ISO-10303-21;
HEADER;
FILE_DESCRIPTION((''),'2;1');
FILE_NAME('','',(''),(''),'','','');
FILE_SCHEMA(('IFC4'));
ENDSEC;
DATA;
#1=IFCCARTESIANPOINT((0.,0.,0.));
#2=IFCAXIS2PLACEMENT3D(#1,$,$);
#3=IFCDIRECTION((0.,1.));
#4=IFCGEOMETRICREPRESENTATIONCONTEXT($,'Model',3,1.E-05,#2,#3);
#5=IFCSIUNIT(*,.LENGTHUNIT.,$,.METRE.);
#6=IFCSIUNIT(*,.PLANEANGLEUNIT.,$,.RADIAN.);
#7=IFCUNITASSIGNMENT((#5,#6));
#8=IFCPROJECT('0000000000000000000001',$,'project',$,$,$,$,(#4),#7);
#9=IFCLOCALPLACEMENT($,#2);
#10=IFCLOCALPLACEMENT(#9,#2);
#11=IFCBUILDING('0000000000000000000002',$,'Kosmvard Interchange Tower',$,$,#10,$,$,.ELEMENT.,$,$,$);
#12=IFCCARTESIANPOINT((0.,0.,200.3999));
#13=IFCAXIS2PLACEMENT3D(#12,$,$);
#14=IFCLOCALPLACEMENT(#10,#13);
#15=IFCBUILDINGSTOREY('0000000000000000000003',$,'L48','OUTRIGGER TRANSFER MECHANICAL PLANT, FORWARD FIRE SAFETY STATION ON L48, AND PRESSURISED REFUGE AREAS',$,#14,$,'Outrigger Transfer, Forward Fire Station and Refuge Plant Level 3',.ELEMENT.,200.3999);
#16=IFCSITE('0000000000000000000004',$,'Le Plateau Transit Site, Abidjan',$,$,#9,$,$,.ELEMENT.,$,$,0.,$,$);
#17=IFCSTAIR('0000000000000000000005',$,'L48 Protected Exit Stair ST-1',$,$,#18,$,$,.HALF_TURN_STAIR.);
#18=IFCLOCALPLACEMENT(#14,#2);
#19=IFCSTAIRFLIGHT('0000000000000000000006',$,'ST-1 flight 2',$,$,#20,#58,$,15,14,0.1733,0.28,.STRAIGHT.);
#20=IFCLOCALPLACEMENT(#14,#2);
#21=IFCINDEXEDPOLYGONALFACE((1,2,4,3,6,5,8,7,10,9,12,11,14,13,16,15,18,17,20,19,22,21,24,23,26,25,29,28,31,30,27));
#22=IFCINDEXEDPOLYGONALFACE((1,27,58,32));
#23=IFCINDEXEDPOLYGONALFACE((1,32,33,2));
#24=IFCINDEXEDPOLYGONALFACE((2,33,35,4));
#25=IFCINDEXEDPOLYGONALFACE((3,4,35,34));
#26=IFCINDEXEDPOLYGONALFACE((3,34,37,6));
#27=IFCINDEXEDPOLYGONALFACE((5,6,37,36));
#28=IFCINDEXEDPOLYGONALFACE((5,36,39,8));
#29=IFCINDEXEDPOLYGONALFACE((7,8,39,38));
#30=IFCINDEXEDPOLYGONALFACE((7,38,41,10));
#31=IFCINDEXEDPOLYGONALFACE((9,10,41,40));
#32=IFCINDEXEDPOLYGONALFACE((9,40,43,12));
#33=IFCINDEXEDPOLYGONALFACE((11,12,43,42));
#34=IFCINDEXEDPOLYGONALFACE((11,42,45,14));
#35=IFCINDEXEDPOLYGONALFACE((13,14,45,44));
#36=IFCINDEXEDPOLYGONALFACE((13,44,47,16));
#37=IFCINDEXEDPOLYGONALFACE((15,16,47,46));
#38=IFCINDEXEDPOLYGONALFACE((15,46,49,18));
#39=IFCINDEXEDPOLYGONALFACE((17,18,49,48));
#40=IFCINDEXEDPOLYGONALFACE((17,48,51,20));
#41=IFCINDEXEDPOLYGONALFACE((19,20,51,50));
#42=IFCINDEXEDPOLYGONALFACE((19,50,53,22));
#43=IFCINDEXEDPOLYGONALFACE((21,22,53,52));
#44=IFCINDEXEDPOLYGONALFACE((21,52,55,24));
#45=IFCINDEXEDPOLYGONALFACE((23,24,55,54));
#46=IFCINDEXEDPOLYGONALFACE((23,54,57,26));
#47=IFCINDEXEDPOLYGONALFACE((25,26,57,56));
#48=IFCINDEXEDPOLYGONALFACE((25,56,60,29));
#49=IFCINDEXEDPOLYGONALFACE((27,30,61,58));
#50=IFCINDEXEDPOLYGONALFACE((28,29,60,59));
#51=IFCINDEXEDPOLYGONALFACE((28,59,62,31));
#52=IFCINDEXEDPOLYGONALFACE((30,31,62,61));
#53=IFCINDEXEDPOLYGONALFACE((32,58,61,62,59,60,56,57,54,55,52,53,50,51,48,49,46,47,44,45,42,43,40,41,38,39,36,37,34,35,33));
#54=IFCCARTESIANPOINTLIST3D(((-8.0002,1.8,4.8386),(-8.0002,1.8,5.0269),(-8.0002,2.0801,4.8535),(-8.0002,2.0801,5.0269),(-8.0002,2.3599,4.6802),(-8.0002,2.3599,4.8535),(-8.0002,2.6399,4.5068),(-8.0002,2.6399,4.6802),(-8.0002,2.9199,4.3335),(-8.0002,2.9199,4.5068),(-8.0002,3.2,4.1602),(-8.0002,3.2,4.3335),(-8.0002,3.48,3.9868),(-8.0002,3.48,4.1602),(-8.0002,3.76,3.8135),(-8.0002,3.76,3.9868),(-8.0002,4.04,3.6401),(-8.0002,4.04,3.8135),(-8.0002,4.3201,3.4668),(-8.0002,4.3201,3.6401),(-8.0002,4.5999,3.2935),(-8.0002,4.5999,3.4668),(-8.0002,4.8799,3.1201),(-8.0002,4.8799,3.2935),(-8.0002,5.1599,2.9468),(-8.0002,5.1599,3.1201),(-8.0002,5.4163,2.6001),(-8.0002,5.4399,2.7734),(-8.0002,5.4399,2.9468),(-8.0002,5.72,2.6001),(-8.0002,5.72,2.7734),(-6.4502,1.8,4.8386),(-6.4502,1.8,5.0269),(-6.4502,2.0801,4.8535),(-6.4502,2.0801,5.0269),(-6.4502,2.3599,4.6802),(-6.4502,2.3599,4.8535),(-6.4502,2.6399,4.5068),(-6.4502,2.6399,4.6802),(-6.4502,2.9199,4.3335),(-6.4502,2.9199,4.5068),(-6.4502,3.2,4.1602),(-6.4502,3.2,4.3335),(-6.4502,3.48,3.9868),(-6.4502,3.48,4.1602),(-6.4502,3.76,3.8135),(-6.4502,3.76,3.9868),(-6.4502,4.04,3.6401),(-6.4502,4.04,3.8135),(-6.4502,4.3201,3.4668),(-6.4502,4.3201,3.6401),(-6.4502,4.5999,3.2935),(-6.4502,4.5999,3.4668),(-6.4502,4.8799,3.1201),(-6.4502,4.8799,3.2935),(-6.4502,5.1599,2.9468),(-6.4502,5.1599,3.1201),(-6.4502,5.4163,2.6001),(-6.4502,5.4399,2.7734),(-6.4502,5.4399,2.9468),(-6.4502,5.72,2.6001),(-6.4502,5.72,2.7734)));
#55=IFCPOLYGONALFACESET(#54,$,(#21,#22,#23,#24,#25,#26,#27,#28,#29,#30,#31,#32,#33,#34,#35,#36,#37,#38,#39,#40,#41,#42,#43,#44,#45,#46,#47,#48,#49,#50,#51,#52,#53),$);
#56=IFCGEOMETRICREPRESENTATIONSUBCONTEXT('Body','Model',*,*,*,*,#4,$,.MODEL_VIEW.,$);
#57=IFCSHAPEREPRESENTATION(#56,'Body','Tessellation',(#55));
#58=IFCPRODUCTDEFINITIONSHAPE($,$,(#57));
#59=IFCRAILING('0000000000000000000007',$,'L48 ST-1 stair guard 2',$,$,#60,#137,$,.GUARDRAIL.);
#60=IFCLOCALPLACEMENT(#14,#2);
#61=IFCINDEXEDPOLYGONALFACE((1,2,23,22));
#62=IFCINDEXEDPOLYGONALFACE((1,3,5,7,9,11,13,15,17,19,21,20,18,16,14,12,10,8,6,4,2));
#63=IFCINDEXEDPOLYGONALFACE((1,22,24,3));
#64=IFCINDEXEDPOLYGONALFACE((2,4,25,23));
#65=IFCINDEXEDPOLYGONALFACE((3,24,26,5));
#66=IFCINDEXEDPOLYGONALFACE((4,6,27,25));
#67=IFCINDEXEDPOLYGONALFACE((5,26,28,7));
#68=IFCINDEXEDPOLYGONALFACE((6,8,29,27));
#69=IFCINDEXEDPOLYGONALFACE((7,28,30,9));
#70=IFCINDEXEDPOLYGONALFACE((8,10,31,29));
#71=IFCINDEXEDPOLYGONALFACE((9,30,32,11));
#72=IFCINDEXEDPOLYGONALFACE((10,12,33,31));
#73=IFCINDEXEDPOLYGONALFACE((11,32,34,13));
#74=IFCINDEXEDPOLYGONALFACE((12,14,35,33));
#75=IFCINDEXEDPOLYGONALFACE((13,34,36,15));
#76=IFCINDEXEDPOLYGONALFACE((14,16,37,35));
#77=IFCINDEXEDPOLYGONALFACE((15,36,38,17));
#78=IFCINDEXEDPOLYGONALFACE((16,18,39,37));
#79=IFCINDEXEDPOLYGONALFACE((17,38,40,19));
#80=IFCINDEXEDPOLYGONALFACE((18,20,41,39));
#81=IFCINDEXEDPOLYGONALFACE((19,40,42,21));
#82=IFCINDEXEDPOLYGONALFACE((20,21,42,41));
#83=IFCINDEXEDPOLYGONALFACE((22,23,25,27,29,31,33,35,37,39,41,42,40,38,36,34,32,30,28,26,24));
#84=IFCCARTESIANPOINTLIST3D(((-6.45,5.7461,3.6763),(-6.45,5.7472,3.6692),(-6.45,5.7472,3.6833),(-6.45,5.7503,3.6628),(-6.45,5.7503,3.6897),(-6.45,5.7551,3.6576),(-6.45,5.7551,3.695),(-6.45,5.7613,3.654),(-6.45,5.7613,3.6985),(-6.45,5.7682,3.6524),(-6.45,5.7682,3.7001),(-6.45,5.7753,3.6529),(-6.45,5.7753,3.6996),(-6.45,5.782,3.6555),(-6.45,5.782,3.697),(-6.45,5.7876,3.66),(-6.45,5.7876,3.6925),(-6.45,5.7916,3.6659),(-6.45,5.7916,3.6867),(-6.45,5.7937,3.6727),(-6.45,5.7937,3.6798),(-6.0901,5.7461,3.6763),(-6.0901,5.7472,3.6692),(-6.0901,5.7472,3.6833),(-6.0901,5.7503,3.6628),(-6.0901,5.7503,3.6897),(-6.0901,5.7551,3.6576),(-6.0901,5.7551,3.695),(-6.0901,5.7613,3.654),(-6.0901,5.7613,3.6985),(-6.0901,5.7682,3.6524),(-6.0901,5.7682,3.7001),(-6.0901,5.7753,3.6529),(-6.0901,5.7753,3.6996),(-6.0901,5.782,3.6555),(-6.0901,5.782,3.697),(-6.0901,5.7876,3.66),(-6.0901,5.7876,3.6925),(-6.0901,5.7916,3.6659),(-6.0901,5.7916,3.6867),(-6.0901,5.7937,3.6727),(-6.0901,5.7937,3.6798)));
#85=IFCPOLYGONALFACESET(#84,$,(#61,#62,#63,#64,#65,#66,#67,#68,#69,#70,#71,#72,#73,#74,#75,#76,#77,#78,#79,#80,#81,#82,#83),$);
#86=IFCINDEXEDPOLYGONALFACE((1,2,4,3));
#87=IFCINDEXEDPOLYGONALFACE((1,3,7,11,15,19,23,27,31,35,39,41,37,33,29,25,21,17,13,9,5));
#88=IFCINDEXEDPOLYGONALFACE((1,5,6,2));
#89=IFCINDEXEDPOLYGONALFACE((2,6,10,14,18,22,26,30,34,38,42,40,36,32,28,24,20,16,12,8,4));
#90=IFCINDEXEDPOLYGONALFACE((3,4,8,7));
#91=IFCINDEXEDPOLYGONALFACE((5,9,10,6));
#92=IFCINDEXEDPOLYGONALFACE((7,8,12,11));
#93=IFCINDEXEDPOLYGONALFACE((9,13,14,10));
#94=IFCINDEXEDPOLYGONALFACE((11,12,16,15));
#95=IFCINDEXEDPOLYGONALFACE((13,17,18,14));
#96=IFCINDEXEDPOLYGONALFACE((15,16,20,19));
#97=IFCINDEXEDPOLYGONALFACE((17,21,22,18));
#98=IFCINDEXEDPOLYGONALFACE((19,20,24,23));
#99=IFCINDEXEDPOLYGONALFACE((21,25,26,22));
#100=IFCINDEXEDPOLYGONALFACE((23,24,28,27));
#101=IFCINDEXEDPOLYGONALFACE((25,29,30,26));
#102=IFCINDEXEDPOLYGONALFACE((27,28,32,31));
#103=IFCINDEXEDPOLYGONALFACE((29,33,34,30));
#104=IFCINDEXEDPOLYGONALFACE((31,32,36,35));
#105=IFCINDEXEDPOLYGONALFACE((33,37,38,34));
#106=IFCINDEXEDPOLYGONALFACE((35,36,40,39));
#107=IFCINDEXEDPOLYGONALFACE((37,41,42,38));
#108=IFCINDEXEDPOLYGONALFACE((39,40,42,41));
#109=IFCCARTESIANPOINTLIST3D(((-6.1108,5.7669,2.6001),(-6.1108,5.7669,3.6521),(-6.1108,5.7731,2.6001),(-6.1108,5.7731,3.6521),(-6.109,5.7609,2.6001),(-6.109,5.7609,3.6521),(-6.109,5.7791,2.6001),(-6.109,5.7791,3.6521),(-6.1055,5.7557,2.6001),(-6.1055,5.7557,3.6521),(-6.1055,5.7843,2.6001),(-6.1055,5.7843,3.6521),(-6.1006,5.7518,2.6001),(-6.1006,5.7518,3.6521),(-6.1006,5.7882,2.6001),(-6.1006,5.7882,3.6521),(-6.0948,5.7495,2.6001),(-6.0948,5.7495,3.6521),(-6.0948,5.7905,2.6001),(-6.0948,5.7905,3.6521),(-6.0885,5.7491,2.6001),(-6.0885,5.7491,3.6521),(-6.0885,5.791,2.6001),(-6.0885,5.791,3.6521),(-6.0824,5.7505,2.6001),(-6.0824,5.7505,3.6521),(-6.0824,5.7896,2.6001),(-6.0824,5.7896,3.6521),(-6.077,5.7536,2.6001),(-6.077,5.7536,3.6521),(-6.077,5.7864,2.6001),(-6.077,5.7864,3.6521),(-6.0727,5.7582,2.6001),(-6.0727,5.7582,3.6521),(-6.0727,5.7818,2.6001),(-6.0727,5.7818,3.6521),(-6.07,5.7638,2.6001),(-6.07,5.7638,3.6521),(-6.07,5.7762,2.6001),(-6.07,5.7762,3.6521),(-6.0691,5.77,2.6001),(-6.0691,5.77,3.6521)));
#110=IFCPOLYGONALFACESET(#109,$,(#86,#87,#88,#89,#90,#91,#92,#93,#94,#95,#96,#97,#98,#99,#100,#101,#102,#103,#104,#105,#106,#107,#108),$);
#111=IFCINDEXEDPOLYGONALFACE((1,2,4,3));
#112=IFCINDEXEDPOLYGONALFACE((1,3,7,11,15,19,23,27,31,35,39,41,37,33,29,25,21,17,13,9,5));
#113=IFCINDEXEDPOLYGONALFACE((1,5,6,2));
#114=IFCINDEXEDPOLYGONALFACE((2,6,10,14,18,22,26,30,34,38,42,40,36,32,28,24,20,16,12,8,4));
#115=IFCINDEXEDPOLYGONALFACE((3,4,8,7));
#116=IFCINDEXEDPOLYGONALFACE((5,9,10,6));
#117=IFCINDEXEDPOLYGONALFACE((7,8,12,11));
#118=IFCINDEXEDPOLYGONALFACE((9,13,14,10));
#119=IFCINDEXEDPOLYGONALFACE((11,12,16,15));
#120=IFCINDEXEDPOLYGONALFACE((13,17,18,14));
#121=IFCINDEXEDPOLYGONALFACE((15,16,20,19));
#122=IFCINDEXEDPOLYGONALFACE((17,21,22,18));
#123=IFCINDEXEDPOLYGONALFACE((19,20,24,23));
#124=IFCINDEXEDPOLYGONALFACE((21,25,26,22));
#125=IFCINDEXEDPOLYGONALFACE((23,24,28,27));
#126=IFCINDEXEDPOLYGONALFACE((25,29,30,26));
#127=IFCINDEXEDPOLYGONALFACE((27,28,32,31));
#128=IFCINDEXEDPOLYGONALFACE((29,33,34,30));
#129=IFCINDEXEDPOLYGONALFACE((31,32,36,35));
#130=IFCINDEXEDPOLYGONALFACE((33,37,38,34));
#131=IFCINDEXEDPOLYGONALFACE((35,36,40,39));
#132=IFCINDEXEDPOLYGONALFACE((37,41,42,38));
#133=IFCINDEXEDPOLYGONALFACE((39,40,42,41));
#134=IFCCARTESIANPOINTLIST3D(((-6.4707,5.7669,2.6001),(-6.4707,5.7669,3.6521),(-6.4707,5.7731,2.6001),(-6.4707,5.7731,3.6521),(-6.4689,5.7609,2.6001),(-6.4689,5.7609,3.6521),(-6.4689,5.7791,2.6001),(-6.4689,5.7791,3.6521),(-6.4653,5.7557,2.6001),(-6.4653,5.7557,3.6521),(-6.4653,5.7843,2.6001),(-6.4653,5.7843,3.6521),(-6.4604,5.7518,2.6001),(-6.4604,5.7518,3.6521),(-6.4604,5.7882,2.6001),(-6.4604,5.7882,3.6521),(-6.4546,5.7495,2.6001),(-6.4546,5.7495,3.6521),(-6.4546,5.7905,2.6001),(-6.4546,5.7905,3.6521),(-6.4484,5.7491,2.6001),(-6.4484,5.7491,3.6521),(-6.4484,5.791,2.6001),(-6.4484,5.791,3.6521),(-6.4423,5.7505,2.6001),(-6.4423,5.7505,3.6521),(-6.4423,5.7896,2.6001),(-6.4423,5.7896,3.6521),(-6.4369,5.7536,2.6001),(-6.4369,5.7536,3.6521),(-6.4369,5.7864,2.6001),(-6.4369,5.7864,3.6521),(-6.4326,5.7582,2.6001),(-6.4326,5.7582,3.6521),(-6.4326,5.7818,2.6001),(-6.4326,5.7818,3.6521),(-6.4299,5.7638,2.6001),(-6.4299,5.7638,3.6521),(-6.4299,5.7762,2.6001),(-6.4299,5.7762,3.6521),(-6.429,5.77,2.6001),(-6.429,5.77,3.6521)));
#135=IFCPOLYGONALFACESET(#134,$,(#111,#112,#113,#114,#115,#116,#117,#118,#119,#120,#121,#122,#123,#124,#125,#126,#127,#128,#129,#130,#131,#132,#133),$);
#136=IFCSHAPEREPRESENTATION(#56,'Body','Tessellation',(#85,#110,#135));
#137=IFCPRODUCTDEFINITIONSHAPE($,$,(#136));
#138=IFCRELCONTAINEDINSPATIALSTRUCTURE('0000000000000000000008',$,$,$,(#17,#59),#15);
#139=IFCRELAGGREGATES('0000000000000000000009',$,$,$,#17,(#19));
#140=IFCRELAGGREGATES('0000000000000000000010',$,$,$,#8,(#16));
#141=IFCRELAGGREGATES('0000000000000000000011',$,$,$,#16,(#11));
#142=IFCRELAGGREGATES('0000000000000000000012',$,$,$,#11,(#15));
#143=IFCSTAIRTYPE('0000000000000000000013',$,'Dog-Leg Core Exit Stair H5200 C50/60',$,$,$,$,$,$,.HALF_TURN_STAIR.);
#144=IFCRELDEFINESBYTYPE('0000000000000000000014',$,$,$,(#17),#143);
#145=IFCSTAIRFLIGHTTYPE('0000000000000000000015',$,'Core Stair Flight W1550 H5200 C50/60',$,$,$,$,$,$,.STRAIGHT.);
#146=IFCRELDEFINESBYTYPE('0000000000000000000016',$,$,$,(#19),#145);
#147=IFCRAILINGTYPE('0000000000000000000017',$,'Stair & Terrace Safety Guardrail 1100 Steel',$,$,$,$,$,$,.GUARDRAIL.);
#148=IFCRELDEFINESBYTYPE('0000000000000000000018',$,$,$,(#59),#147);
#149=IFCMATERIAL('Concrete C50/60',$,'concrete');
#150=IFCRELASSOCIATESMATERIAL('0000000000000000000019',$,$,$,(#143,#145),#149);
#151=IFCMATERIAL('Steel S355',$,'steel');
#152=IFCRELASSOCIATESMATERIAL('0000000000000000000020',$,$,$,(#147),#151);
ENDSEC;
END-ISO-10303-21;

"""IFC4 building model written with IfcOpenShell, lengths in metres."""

from ifc_helpers import new_model, si_unit, direction, frame, origin, origin_2d, place, context, subcontext, project, spatial, polyline, circle, outline, extrude, source, transform, mapped, material, type_object, element, aggregate, save


model = new_model("IFC4")

# Units and contexts
model_context = context("Model", 3, precision=1e-05, world=origin(), true_north=direction((0.0, 1.0)))
body_context = subcontext(model_context, "Body", "Model", "MODEL_VIEW")
ifc_project = project(units=[si_unit("LENGTHUNIT", "METRE"), si_unit("PLANEANGLEUNIT", "RADIAN")], contexts=[model_context])

# Site, building, storey
site_placement = place(None, origin())
site = spatial("IfcSite", under=ifc_project, at=site_placement, Name="Le Plateau Transit Site, Abidjan", CompositionType="ELEMENT", RefElevation=0.0)
building_placement = place(site_placement, origin())
building = spatial("IfcBuilding", under=site, at=building_placement, Name="Kosmvard Interchange Tower", CompositionType="ELEMENT")
storey_placement = place(building_placement, frame((0.0, 0.0, 200.3999)))
storey = spatial("IfcBuildingStorey", under=building, at=storey_placement, Name="L48", Description="OUTRIGGER TRANSFER MECHANICAL PLANT, FORWARD FIRE SAFETY STATION ON L48, AND PRESSURISED REFUGE AREAS", LongName="Outrigger Transfer, Forward Fire Station and Refuge Plant Level 3", CompositionType="ELEMENT", Elevation=200.3999)

# Shared definitions
ifc_material_1 = material(Name="Steel S355", Category="steel")

# Stair, stair flight
ifc_material_2 = material(Name="Concrete C50/60", Category="concrete")
stair_type = type_object("IfcStairType", Name="Dog-Leg Core Exit Stair H5200 C50/60", PredefinedType="HALF_TURN_STAIR", material=ifc_material_2)
stair_placement = place(storey_placement, origin())
stair = element("IfcStair", 1, at=stair_placement, inside=storey, type_object=stair_type, Name="L48 Protected Exit Stair ST-1", PredefinedType="HALF_TURN_STAIR")
stair_flight_type = type_object("IfcStairFlightType", Name="Core Stair Flight W1550 H5200 C50/60", PredefinedType="STRAIGHT", material=ifc_material_2)
shared_shape_1 = source(origin(), body_context, "Body", "SweptSolid", [
    extrude(outline(polyline([(0.0, 0.0), (0.0, 0.1733), (0.28, 0.1733), (0.28, 0.3467), (0.5601, 0.3467), (0.5601, 0.52), (0.8401, 0.52), (0.8401, 0.6934), (1.1201, 0.6934), (1.1201, 0.8667), (1.3999, 0.8667), (1.3999, 1.04), (1.6799, 1.04), (1.6799, 1.2134), (1.96, 1.2134), (1.96, 1.3867), (2.24, 1.3867), (2.24, 1.5601), (2.52, 1.5601), (2.52, 1.7334), (2.8, 1.7334), (2.8, 1.9067), (3.0801, 1.9067), (3.0801, 2.0801), (3.3601, 2.0801), (3.3601, 2.2534), (3.6399, 2.2534), (3.6399, 2.4268), (3.9199, 2.4268), (3.9199, 2.6001), (3.9199, 2.2385), (0.3037, 0.0), (0.0, 0.0)])), frame((0.0, 0.7749, 0.0), z_axis=(0.0, -1.0, 0.0), x_axis=(1.0, 0.0, 0.0)), (0.0, 0.0, 1.0), 1.55),
])
stair_flight_placement = place(storey_placement, frame((-7.2251, 5.72, 2.6001), z_axis=(0.0, 0.0, 1.0), x_axis=(0.0, -1.0, 0.0)))
stair_flight = element("IfcStairFlight", 2, at=stair_flight_placement, type_object=stair_flight_type, Name="ST-1 flight 2", NumberOfRisers=15, NumberOfTreads=14, PredefinedType="STRAIGHT", RiserHeight=0.1733, TreadLength=0.28, context=body_context, shape_type="MappedRepresentation", body=[
    mapped(shared_shape_1, transform((0.0, 0.0, 0.0), scale=1.0)),
])
aggregate(stair, [stair_flight])

# Railing
railing_type_1 = type_object("IfcRailingType", Name="Stair & Terrace Safety Guardrail 1100 Steel", PredefinedType="GUARDRAIL", material=ifc_material_1)
shared_shape_2 = source(origin(), body_context, "Body", "SweptSolid", [
    extrude(circle(Radius=0.0239, at=origin_2d()), frame((0.0, 0.0, 1.0762), z_axis=(-1.0, 0.0, 0.0), x_axis=(0.0, -1.0, 0.0)), (0.0, 0.0, 1.0), 0.3599),
    extrude(circle(Radius=0.021, at=origin_2d()), origin(), (0.0, 0.0, 1.0), 1.052),
    extrude(circle(Radius=0.021, at=origin_2d()), frame((-0.3599, 0.0, 0.0)), (0.0, 0.0, 1.0), 1.052),
])
railing_1_placement = place(storey_placement, frame((-6.0901, 5.77, 2.6001)))
element("IfcRailing", 3, at=railing_1_placement, inside=storey, type_object=railing_type_1, Name="L48 ST-1 stair guard 2", PredefinedType="GUARDRAIL", context=body_context, shape_type="MappedRepresentation", body=[
    mapped(shared_shape_2, transform((0.0, 0.0, 0.0), scale=1.0)),
])

save(model, "model.ifc")
